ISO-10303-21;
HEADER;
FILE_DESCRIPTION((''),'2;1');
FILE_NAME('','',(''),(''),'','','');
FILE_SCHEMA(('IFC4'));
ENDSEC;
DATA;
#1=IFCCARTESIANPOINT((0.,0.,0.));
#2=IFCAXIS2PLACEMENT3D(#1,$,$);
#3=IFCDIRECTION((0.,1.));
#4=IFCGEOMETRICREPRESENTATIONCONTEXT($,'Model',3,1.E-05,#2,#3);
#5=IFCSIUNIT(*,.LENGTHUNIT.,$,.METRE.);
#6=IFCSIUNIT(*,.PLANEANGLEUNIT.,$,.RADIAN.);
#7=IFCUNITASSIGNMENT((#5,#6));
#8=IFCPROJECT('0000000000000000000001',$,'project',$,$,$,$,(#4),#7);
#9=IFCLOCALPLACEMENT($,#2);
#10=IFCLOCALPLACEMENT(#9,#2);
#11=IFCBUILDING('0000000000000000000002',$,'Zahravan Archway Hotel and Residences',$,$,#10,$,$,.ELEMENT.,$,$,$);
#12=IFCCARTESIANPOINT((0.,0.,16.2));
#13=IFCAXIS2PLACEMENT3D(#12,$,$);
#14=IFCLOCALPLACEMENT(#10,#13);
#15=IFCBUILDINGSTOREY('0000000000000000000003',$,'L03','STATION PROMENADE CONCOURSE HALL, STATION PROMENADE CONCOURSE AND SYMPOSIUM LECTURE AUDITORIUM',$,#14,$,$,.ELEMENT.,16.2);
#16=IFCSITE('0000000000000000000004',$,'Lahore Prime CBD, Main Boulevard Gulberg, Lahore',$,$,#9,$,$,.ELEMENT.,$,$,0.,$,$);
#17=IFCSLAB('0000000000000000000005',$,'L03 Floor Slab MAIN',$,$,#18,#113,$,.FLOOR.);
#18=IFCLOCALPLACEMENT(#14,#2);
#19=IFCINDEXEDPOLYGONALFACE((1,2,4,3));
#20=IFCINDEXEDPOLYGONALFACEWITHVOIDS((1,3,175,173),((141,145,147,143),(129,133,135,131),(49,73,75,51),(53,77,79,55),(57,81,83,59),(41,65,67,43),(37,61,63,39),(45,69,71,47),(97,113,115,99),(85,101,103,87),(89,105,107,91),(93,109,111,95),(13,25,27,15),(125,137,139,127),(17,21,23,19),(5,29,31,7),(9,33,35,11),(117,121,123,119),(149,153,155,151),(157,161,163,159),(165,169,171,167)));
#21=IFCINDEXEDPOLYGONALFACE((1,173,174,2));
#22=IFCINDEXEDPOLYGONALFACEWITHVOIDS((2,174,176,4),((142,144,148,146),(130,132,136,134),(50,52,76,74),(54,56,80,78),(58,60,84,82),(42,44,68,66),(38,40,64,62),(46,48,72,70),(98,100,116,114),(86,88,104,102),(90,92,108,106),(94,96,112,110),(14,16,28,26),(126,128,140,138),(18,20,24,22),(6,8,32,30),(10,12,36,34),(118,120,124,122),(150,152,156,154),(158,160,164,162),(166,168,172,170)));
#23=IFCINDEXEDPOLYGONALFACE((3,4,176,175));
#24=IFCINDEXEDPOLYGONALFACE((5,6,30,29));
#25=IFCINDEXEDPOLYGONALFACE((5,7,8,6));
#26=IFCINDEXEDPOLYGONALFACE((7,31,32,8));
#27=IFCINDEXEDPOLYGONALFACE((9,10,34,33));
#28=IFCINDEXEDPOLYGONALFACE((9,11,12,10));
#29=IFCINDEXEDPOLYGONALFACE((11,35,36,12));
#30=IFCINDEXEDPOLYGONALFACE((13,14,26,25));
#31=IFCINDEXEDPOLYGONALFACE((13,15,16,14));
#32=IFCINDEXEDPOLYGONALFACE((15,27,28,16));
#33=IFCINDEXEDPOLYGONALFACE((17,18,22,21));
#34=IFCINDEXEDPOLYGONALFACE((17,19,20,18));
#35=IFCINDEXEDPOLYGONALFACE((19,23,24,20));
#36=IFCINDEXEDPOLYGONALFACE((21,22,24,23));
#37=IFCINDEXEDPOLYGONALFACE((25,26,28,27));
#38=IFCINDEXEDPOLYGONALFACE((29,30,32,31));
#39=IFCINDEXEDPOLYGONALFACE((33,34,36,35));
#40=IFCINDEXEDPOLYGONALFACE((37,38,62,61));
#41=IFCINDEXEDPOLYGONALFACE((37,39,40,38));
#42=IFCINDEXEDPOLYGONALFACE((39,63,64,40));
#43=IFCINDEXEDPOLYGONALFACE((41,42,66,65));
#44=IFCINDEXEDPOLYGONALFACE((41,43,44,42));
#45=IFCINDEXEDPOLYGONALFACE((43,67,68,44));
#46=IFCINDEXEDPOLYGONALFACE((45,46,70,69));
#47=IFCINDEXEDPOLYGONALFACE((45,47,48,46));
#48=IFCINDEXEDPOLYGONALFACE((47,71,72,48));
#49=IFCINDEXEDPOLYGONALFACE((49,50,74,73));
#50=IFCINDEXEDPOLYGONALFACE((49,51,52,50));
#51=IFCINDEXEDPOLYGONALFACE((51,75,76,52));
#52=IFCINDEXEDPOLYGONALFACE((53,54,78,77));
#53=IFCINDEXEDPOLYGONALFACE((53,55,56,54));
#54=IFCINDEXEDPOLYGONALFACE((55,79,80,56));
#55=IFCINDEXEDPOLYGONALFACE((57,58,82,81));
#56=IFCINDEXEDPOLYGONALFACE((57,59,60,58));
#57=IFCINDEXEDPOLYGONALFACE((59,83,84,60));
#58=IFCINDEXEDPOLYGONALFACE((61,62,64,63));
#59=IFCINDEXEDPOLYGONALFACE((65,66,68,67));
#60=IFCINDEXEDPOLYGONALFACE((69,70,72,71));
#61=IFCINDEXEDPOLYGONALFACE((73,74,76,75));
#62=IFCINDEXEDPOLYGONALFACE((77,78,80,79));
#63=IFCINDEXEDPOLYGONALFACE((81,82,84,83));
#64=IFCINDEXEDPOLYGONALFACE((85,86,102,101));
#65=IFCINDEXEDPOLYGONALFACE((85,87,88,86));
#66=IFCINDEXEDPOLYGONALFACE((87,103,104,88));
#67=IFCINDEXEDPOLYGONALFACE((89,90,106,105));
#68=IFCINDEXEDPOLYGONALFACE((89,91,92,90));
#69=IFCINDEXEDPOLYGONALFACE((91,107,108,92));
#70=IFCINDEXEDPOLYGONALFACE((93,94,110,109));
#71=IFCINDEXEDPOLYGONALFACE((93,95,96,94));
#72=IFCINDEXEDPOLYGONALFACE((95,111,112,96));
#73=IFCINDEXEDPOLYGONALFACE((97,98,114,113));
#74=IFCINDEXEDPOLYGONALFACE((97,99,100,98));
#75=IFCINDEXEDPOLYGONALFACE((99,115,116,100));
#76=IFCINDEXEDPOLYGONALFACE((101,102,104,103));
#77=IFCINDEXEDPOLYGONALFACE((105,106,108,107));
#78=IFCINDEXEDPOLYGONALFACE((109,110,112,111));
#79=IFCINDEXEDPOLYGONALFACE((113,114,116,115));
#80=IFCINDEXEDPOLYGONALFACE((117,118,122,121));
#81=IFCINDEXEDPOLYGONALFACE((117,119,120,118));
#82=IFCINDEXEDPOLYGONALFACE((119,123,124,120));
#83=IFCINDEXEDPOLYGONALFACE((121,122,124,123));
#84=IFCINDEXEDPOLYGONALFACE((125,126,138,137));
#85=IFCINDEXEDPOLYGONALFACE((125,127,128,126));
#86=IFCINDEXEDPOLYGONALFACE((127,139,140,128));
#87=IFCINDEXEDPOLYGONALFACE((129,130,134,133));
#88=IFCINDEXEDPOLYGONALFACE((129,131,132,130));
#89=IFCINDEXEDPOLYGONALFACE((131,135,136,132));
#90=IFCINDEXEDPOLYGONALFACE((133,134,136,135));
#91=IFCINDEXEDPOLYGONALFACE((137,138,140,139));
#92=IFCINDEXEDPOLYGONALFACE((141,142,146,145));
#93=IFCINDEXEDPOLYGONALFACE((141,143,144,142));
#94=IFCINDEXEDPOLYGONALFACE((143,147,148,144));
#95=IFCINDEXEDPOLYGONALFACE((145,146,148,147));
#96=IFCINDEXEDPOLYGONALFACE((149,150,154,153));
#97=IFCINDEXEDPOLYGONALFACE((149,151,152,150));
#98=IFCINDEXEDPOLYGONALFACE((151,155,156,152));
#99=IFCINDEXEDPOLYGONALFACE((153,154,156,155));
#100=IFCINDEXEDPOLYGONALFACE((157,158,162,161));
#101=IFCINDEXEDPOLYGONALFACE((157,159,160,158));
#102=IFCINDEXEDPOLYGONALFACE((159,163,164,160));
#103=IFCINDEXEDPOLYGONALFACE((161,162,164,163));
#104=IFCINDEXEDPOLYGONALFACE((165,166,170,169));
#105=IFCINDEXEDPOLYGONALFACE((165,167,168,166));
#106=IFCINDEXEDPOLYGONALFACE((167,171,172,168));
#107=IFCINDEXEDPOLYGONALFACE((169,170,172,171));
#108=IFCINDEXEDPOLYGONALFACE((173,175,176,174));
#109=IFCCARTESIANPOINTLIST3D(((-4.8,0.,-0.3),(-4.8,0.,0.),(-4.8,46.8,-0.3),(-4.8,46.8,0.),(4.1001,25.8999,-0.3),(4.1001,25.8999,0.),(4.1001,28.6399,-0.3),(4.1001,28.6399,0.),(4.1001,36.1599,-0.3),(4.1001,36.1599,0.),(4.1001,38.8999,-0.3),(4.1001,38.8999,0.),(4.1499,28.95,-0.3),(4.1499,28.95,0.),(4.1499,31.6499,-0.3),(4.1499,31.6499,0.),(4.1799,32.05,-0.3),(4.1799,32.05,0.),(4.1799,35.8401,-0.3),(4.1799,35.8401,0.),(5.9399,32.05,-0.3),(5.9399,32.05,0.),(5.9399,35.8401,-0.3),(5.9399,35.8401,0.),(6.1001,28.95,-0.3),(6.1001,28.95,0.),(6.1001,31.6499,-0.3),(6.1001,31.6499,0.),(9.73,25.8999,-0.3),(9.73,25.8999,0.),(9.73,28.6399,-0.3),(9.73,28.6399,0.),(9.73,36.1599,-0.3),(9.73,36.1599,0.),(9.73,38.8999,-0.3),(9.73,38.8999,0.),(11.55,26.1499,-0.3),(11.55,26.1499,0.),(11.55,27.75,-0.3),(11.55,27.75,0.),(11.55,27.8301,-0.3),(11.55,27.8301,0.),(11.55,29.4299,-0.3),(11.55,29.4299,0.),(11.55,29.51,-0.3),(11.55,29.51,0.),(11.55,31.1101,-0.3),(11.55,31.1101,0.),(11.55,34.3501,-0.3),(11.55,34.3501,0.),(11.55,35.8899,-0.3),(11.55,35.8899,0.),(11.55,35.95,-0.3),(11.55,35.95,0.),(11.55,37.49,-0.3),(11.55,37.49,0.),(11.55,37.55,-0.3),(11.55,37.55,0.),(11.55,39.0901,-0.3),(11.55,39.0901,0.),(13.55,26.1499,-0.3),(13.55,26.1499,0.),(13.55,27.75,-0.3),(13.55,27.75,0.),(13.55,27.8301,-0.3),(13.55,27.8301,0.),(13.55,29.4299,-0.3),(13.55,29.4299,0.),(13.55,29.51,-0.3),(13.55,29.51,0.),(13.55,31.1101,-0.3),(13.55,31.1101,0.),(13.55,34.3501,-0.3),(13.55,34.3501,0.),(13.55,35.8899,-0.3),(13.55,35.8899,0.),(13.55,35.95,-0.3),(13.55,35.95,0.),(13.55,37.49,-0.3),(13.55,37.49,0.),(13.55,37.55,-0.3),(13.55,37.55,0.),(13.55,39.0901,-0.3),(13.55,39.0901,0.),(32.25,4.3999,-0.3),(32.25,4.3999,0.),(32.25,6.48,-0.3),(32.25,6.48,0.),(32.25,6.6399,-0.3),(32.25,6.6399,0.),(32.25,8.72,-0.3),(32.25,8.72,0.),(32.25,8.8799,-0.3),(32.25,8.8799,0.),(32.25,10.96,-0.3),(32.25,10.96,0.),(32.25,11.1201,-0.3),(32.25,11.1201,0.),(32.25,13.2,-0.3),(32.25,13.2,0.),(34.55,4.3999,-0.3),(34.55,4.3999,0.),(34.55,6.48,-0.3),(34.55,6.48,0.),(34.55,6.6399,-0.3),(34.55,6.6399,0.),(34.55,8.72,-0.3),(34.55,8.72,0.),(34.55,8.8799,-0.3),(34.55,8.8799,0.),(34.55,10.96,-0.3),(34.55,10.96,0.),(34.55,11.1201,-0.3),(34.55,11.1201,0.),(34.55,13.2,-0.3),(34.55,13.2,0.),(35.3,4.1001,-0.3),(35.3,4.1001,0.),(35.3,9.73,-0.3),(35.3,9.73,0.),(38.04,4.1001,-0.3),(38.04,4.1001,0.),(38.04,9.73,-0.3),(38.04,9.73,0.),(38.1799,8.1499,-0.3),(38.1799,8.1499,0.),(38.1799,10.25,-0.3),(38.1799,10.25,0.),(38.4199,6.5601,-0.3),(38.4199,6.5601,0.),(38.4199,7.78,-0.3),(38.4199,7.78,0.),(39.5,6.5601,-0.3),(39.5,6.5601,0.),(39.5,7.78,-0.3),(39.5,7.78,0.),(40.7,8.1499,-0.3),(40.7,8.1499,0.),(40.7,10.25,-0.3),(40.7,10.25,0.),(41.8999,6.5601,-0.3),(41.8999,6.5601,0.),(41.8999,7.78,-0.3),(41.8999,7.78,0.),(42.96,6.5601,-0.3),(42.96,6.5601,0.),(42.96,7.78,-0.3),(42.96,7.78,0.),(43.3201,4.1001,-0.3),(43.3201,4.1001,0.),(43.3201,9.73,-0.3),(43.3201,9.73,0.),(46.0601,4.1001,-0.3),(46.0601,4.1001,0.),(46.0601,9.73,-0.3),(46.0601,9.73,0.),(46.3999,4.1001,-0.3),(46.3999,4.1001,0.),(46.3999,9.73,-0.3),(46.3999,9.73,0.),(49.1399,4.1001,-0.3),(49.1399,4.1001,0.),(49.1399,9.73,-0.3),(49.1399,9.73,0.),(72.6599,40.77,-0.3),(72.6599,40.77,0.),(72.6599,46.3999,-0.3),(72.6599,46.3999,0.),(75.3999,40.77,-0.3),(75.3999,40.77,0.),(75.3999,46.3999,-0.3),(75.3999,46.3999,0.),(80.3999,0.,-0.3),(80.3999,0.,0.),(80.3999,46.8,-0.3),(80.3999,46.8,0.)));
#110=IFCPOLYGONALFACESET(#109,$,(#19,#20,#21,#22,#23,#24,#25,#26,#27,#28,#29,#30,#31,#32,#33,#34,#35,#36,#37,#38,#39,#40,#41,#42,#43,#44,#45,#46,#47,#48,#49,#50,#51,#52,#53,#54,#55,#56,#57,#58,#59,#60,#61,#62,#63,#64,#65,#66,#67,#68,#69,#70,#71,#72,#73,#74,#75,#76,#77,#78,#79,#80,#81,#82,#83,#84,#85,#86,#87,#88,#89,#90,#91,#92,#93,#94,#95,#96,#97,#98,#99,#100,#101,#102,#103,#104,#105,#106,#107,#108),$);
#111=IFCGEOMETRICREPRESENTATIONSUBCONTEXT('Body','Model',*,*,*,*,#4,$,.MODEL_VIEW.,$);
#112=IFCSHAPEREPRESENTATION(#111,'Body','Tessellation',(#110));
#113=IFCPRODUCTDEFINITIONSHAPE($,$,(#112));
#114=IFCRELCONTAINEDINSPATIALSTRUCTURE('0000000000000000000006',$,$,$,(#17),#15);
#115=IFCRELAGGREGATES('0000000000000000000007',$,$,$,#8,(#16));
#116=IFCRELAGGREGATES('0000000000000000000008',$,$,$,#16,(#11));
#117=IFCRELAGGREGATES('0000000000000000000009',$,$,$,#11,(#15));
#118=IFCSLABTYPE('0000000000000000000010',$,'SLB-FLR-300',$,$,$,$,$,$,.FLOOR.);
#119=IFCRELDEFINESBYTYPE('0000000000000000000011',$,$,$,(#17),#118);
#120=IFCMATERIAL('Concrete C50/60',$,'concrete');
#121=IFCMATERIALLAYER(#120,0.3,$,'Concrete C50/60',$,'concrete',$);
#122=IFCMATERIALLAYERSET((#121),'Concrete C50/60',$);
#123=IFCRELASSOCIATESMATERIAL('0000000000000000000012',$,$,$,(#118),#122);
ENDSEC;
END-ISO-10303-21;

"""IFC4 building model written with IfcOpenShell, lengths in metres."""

from ifc_helpers import new_model, si_unit, direction, frame, origin, place, context, subcontext, project, spatial, polyline, outline, extrude, material, layer, layer_set, type_object, element, save


model = new_model("IFC4")

# Units and contexts
model_context = context("Model", 3, precision=1e-05, world=origin(), true_north=direction((0.0, 1.0)))
body_context = subcontext(model_context, "Body", "Model", "MODEL_VIEW")
ifc_project = project(units=[si_unit("LENGTHUNIT", "METRE"), si_unit("PLANEANGLEUNIT", "RADIAN")], contexts=[model_context])

# Site, building, storey
site_placement = place(None, origin())
site = spatial("IfcSite", under=ifc_project, at=site_placement, Name="Lahore Prime CBD, Main Boulevard Gulberg, Lahore", CompositionType="ELEMENT", RefElevation=0.0)
building_placement = place(site_placement, origin())
building = spatial("IfcBuilding", under=site, at=building_placement, Name="Zahravan Archway Hotel and Residences", CompositionType="ELEMENT")
storey_placement = place(building_placement, frame((0.0, 0.0, 16.2)))
storey = spatial("IfcBuildingStorey", under=building, at=storey_placement, Name="L03", Description="STATION PROMENADE CONCOURSE HALL, STATION PROMENADE CONCOURSE AND SYMPOSIUM LECTURE AUDITORIUM", CompositionType="ELEMENT", Elevation=16.2)

# Slab
ifc_material_1 = material(Name="Concrete C50/60", Category="concrete")
ifc_layer = layer(ifc_material_1, 0.3, Name="Concrete C50/60", Category="concrete")
ifc_layer_set = layer_set([ifc_layer], Name="Concrete C50/60")
slab_type = type_object("IfcSlabType", Name="SLB-FLR-300", PredefinedType="FLOOR", material=ifc_layer_set)
slab_placement = place(storey_placement, frame((0.0, 0.0, -0.3)))
element("IfcSlab", 1, at=slab_placement, inside=storey, type_object=slab_type, Name="L03 Floor Slab MAIN", PredefinedType="FLOOR", context=body_context, shape_type="SweptSolid", body=[
    extrude(outline(polyline([(-4.8, 0.0), (80.3999, 0.0), (80.3999, 46.8), (-4.8, 46.8), (-4.8, 0.0)]), holes=[polyline([(35.3, 9.73), (35.3, 4.1001), (38.04, 4.1001), (38.04, 9.73), (35.3, 9.73)]), polyline([(43.3201, 9.73), (43.3201, 4.1001), (46.0601, 4.1001), (46.0601, 9.73), (43.3201, 9.73)]), polyline([(46.3999, 9.73), (46.3999, 4.1001), (49.1399, 4.1001), (49.1399, 9.73), (46.3999, 9.73)]), polyline([(9.73, 28.6399), (4.1001, 28.6399), (4.1001, 25.8999), (9.73, 25.8999), (9.73, 28.6399)]), polyline([(9.73, 38.8999), (4.1001, 38.8999), (4.1001, 36.1599), (9.73, 36.1599), (9.73, 38.8999)]), polyline([(75.3999, 40.77), (75.3999, 46.3999), (72.6599, 46.3999), (72.6599, 40.77), (75.3999, 40.77)]), polyline([(38.1799, 8.1499), (40.7, 8.1499), (40.7, 10.25), (38.1799, 10.25), (38.1799, 8.1499)]), polyline([(4.1499, 28.95), (6.1001, 28.95), (6.1001, 31.6499), (4.1499, 31.6499), (4.1499, 28.95)]), polyline([(11.55, 26.1499), (13.55, 26.1499), (13.55, 27.75), (11.55, 27.75), (11.55, 26.1499)]), polyline([(11.55, 27.8301), (13.55, 27.8301), (13.55, 29.4299), (11.55, 29.4299), (11.55, 27.8301)]), polyline([(11.55, 29.51), (13.55, 29.51), (13.55, 31.1101), (11.55, 31.1101), (11.55, 29.51)]), polyline([(11.55, 34.3501), (13.55, 34.3501), (13.55, 35.8899), (11.55, 35.8899), (11.55, 34.3501)]), polyline([(11.55, 35.95), (13.55, 35.95), (13.55, 37.49), (11.55, 37.49), (11.55, 35.95)]), polyline([(11.55, 37.55), (13.55, 37.55), (13.55, 39.0901), (11.55, 39.0901), (11.55, 37.55)]), polyline([(32.25, 4.3999), (34.55, 4.3999), (34.55, 6.48), (32.25, 6.48), (32.25, 4.3999)]), polyline([(32.25, 6.6399), (34.55, 6.6399), (34.55, 8.72), (32.25, 8.72), (32.25, 6.6399)]), polyline([(32.25, 8.8799), (34.55, 8.8799), (34.55, 10.96), (32.25, 10.96), (32.25, 8.8799)]), polyline([(32.25, 11.1201), (34.55, 11.1201), (34.55, 13.2), (32.25, 13.2), (32.25, 11.1201)]), polyline([(38.4199, 6.5601), (39.5, 6.5601), (39.5, 7.78), (38.4199, 7.78), (38.4199, 6.5601)]), polyline([(41.8999, 6.5601), (42.96, 6.5601), (42.96, 7.78), (41.8999, 7.78), (41.8999, 6.5601)]), polyline([(4.1799, 32.05), (5.9399, 32.05), (5.9399, 35.8401), (4.1799, 35.8401), (4.1799, 32.05)])]), origin(), (0.0, 0.0, 1.0), 0.3),
])

save(model, "model.ifc")
